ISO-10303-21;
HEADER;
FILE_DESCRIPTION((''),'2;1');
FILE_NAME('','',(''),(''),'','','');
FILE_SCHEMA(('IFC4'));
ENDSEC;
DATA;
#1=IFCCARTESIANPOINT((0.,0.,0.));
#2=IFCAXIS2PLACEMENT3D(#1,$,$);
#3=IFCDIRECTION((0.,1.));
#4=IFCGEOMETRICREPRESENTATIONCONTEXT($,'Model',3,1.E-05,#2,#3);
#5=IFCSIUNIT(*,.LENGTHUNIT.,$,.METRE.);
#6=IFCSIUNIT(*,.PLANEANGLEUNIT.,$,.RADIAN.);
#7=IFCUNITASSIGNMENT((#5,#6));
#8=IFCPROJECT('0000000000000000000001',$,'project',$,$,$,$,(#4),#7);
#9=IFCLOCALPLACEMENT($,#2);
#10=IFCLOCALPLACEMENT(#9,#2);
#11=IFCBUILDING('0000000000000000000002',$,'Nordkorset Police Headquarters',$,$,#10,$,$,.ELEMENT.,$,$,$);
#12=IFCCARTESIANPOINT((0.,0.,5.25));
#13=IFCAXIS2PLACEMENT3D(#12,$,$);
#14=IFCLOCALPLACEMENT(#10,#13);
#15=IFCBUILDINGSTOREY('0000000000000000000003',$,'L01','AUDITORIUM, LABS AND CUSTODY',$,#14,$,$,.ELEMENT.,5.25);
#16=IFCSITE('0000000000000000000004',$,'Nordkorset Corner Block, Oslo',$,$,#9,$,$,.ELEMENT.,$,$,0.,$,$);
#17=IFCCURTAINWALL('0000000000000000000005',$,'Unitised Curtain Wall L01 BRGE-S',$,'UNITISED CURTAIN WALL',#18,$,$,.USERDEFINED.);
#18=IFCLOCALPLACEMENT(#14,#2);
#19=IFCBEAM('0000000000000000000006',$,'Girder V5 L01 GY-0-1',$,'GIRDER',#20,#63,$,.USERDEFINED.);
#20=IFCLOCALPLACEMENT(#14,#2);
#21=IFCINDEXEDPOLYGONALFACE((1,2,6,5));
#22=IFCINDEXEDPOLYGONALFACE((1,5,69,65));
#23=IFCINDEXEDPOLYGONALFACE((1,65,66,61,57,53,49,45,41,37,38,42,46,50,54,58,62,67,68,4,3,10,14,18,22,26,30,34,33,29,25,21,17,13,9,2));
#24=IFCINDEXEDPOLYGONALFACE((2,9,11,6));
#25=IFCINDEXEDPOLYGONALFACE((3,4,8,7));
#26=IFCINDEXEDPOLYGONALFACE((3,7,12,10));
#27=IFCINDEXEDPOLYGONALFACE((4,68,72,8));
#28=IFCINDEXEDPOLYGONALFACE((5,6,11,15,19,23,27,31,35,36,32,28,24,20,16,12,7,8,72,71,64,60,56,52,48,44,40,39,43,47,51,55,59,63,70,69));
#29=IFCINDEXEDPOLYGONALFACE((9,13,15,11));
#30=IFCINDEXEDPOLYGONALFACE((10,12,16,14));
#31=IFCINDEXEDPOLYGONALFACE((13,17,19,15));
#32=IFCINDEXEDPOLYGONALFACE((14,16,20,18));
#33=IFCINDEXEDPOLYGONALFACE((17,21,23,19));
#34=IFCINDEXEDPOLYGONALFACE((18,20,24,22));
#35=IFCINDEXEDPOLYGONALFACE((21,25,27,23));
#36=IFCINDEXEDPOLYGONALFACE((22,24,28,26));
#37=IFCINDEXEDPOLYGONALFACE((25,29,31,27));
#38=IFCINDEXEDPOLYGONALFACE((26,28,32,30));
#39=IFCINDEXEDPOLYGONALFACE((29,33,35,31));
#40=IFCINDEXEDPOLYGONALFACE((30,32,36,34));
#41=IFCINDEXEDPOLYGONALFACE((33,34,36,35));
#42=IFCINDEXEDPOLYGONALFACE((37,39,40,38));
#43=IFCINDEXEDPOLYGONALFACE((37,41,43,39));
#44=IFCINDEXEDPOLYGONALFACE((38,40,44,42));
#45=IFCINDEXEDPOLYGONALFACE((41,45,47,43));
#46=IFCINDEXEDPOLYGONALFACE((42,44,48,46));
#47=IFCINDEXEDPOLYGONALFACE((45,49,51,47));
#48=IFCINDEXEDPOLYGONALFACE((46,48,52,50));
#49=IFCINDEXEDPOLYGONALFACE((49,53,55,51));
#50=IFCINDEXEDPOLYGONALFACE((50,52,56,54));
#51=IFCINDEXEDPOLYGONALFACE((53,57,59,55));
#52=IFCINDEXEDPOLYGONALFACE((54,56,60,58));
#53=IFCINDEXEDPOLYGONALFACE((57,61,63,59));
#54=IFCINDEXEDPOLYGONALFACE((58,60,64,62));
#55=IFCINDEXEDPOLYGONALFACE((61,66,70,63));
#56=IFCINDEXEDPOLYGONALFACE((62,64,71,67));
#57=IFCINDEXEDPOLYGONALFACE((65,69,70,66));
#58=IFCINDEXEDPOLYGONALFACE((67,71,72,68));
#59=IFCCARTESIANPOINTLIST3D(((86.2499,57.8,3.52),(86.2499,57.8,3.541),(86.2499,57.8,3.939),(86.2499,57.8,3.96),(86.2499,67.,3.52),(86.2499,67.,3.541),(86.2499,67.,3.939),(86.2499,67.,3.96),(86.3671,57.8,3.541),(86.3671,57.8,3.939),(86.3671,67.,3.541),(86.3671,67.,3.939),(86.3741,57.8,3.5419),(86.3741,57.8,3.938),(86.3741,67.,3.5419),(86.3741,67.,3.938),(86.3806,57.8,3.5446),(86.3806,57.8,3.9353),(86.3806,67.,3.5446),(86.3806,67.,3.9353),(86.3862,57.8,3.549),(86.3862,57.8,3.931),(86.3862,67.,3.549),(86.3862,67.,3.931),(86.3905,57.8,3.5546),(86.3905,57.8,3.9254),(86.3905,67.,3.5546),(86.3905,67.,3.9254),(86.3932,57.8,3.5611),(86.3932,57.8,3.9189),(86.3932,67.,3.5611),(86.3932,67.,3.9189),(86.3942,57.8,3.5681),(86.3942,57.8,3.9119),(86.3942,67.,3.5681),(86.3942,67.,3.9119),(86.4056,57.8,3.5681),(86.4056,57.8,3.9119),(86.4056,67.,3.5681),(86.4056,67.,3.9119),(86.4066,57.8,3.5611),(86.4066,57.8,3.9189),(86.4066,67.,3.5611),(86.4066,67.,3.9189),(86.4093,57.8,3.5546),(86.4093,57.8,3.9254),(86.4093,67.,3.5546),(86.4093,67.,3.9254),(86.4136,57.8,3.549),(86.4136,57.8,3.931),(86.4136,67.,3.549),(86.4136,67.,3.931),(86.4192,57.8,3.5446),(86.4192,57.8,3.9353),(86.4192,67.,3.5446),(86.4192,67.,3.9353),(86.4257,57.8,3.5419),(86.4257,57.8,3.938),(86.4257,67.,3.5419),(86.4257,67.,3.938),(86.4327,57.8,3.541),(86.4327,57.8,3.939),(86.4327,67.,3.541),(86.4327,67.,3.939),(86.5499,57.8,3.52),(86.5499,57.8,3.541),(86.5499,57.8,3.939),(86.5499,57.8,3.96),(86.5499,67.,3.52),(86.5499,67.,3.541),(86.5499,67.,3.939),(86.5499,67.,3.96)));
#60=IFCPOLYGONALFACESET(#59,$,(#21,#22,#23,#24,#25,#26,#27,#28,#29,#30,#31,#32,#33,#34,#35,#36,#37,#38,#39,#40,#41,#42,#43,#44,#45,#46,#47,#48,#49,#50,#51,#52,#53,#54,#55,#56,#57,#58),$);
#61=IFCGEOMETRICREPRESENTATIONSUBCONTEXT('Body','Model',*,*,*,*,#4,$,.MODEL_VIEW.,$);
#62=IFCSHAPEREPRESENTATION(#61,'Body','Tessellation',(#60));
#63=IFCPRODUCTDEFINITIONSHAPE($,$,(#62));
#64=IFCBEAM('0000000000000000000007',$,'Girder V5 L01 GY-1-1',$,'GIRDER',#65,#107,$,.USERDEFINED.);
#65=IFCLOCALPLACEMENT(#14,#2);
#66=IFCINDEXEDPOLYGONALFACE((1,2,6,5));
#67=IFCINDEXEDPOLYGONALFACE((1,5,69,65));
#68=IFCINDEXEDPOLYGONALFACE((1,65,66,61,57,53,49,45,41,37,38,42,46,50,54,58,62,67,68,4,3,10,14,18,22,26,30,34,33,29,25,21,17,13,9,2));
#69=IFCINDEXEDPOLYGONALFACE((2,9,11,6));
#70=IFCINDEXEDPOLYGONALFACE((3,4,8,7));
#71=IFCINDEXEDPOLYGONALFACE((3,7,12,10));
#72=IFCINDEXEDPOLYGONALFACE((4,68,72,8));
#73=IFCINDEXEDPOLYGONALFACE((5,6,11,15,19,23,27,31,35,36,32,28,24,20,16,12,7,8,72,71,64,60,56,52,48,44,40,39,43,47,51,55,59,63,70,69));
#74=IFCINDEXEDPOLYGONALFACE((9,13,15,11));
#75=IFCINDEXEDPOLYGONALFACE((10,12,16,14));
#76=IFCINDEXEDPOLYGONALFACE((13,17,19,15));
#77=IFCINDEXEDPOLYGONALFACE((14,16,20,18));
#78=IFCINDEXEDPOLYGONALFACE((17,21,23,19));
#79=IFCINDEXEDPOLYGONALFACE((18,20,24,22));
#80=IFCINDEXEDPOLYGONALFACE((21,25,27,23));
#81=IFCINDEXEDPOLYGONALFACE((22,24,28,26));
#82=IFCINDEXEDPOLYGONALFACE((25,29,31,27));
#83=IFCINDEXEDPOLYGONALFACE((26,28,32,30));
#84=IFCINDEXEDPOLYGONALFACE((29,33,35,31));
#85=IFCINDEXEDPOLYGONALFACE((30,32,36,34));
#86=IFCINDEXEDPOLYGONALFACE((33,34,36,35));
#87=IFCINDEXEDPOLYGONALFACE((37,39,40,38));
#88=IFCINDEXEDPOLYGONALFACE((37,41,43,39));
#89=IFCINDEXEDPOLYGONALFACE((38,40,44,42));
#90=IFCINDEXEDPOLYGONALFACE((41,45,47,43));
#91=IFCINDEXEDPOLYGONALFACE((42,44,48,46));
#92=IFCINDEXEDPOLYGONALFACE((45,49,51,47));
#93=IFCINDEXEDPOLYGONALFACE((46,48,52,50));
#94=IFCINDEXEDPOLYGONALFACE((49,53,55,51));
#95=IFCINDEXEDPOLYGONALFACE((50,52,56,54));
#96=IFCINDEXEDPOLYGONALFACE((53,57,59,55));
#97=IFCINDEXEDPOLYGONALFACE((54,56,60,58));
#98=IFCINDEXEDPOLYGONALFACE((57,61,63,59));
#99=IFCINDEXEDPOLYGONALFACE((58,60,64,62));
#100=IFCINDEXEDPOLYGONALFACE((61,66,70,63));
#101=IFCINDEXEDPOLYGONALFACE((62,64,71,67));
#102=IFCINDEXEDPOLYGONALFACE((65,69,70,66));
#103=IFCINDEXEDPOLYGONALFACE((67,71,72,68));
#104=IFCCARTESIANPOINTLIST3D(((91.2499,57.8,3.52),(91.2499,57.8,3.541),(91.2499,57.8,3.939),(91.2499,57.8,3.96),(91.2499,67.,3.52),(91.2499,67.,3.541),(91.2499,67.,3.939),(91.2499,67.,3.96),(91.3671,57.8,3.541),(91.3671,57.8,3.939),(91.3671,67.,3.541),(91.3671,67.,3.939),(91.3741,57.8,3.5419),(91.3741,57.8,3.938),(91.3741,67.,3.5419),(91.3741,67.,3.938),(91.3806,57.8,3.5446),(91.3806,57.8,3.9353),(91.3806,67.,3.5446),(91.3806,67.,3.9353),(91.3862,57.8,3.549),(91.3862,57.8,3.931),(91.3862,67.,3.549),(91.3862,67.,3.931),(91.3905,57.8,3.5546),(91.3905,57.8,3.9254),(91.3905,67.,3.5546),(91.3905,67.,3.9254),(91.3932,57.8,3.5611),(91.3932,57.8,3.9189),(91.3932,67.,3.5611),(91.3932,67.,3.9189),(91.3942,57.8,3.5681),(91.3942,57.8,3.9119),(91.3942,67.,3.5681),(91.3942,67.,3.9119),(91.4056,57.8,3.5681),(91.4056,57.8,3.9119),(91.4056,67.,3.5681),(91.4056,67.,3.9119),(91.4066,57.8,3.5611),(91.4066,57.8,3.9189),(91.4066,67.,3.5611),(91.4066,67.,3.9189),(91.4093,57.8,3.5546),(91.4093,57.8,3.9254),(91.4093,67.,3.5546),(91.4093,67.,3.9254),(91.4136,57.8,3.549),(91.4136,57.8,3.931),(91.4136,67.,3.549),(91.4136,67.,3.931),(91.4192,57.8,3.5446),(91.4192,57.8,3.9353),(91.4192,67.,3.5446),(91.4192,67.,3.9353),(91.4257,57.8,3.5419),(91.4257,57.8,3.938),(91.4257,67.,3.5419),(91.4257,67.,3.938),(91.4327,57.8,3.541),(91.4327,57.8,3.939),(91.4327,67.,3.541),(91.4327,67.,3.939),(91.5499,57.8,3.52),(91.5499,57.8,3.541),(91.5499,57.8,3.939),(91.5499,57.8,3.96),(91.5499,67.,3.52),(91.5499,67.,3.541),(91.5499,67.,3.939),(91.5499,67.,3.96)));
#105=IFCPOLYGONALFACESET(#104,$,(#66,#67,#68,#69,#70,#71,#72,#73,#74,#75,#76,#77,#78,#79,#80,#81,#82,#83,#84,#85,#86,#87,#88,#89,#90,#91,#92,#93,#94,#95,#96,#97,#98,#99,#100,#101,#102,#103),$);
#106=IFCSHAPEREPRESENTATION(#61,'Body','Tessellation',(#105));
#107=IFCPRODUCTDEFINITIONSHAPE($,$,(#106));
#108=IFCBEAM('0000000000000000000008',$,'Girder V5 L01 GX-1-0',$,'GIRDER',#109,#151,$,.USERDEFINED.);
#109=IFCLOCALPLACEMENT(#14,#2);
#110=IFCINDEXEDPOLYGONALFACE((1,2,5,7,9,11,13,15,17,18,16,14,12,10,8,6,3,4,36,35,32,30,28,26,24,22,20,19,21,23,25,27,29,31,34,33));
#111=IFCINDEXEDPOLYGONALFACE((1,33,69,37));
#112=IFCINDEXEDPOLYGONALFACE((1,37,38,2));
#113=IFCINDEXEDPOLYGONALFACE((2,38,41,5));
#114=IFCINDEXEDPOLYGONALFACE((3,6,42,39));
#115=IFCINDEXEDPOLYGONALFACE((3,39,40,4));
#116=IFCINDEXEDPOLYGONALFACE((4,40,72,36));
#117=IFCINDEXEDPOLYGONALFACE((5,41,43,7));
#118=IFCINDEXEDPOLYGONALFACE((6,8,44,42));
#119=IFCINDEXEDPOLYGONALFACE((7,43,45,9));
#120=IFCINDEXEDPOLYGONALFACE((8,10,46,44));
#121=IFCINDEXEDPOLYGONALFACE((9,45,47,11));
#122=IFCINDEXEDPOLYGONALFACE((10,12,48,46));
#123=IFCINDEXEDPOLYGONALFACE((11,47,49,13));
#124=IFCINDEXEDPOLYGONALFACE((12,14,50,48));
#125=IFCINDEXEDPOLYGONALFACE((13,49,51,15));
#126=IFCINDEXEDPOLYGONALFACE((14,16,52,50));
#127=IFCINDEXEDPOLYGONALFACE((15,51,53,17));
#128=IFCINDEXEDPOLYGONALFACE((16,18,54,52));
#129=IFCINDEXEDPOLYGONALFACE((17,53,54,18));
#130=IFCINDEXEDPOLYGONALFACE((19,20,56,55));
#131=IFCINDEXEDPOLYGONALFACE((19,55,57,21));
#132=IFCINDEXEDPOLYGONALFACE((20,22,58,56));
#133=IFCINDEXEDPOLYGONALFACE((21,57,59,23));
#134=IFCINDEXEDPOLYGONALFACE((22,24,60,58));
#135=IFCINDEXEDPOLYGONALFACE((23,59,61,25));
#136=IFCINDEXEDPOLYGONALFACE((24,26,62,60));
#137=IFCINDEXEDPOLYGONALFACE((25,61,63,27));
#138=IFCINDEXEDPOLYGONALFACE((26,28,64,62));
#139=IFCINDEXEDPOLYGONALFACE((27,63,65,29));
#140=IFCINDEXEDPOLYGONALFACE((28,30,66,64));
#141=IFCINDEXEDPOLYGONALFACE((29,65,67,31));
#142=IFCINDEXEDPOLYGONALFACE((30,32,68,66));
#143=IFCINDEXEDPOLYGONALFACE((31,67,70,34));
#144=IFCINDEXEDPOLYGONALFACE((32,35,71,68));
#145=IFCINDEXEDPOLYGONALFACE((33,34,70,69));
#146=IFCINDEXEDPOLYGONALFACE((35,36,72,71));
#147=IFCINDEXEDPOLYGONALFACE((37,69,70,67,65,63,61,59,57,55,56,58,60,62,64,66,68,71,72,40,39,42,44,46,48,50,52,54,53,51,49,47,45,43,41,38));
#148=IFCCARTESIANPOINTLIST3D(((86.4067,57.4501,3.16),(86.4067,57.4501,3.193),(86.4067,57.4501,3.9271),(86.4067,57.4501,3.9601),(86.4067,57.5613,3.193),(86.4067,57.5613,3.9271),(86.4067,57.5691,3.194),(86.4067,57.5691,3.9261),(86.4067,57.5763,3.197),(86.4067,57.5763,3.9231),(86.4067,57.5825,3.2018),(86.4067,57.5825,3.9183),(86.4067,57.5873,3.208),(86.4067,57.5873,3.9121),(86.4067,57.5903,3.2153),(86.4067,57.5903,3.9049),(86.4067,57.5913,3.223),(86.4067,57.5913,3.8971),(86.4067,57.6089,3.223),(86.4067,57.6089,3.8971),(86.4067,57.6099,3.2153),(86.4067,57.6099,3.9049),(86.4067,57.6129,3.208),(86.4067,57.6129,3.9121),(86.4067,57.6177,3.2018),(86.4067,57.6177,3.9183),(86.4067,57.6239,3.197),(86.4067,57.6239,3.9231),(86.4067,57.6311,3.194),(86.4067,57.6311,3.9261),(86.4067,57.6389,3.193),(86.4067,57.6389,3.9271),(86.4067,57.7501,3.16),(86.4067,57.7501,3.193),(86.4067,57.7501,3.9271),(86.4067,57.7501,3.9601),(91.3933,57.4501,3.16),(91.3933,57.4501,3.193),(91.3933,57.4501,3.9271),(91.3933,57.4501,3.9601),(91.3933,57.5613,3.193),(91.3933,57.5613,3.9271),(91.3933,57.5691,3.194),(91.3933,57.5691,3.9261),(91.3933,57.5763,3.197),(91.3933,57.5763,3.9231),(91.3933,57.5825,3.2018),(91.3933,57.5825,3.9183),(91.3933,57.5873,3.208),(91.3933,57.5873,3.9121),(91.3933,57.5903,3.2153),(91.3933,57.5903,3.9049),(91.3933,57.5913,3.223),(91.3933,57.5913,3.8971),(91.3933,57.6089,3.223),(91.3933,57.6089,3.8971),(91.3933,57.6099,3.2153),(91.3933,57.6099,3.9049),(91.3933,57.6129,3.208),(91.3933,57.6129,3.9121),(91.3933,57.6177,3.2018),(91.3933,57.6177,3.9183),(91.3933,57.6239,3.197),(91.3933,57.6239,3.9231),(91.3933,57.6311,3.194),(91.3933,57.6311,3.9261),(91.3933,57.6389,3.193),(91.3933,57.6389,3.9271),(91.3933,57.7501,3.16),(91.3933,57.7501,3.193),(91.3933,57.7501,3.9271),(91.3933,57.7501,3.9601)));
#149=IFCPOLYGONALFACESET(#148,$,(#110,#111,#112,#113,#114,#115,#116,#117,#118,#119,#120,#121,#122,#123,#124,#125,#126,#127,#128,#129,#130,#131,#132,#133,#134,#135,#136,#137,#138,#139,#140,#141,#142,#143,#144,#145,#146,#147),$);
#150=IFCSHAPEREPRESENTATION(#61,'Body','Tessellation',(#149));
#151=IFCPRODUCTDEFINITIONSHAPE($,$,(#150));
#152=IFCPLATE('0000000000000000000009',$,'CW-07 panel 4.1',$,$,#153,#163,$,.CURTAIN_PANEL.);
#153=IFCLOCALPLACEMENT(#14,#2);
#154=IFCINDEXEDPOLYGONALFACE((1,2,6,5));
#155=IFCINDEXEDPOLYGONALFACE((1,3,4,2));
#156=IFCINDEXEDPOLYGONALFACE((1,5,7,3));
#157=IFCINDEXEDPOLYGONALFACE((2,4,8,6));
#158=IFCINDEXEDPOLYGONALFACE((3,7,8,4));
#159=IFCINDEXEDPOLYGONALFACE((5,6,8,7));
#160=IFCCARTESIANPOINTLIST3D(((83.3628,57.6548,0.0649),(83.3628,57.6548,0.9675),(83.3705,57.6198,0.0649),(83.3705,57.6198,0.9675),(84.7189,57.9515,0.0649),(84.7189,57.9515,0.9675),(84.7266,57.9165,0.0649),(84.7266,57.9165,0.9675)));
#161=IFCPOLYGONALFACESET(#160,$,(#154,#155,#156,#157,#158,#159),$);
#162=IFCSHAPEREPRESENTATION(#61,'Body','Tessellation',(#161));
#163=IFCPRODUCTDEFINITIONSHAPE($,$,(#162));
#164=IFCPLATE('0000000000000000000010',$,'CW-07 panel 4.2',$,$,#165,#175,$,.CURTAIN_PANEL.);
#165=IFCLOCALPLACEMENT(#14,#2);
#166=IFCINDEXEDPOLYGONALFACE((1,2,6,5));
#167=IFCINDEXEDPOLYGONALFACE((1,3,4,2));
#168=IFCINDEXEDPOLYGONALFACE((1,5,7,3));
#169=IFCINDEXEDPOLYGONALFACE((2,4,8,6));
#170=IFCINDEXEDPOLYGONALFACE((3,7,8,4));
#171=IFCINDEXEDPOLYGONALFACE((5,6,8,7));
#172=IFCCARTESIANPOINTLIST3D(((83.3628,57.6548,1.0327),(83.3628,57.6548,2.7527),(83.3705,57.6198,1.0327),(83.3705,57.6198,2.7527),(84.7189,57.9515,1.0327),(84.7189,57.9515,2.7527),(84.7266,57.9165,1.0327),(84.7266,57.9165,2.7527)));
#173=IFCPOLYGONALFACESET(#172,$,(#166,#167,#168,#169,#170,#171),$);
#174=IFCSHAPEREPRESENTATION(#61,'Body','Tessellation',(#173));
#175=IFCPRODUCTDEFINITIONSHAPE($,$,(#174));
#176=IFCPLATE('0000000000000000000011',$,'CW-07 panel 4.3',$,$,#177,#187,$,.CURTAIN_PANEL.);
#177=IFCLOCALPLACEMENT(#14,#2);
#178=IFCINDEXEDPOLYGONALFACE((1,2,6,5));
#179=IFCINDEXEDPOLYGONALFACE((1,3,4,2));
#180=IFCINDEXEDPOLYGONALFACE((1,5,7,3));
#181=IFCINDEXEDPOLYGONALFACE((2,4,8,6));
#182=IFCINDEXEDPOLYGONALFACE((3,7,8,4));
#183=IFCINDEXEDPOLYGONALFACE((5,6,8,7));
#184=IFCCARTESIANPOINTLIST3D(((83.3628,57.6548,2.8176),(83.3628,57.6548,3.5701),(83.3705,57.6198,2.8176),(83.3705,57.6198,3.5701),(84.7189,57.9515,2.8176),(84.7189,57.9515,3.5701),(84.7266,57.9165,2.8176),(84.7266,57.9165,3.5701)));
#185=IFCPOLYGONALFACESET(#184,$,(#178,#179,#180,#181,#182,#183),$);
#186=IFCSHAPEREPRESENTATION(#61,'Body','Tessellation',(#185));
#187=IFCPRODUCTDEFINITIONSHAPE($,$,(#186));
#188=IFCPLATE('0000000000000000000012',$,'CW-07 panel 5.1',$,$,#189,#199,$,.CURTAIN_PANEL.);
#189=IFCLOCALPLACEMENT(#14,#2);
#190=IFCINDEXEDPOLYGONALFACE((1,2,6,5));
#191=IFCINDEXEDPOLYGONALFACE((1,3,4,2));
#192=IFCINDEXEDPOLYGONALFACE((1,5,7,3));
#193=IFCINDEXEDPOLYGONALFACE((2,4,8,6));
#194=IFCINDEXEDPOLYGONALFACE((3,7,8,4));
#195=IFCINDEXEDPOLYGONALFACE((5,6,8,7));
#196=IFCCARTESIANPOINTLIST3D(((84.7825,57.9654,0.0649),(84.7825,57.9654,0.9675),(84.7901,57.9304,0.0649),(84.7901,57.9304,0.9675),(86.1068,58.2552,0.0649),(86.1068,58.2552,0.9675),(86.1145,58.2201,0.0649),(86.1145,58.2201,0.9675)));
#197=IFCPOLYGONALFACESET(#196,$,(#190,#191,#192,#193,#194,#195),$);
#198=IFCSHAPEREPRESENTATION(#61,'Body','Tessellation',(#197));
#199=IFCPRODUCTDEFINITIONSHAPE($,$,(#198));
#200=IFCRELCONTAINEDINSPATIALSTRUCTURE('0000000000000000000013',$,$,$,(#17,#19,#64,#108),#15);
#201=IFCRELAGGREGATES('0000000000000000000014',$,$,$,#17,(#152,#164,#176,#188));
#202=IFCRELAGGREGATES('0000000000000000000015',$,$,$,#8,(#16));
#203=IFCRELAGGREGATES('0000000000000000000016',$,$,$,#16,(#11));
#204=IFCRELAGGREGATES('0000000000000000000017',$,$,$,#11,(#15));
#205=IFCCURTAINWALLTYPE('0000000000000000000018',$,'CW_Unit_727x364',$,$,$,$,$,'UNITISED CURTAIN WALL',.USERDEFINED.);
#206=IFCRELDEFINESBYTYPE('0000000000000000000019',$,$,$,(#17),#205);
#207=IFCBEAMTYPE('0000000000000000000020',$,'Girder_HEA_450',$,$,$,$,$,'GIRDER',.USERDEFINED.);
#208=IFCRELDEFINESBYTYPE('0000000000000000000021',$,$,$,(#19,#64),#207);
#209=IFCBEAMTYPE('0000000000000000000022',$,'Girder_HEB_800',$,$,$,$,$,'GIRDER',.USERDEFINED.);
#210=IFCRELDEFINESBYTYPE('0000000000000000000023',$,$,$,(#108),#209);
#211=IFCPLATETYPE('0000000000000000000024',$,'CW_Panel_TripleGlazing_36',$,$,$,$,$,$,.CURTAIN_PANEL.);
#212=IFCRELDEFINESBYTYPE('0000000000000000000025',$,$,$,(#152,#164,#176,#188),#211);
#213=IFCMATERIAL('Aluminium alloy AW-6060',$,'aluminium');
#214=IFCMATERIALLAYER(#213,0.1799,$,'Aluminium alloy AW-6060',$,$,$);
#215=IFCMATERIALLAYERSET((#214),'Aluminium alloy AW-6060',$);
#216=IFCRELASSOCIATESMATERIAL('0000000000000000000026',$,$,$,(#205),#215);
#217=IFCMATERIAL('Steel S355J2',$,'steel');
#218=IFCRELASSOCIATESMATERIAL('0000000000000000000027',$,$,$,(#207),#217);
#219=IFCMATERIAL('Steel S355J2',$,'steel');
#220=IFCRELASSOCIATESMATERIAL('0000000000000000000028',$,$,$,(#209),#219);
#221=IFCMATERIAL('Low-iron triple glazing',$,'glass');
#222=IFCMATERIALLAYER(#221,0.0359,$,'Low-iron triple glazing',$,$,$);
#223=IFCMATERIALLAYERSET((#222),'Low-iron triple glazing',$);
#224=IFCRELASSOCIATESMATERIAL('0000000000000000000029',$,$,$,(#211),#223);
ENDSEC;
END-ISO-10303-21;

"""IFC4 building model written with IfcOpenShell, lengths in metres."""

from ifc_helpers import new_model, si_unit, direction, frame, origin, origin_2d, place, context, subcontext, project, spatial, rectangle, i_section, extrude, material, layer, layer_set, material_profile, profile_set, type_object, element, aggregate, save


model = new_model("IFC4")

# Units and contexts
model_context = context("Model", 3, precision=1e-05, world=origin(), true_north=direction((0.0, 1.0)))
body_context = subcontext(model_context, "Body", "Model", "MODEL_VIEW")
ifc_project = project(units=[si_unit("LENGTHUNIT", "METRE"), si_unit("PLANEANGLEUNIT", "RADIAN")], contexts=[model_context])

# Site, building, storey
site_placement = place(None, origin())
site = spatial("IfcSite", under=ifc_project, at=site_placement, Name="Nordkorset Corner Block, Oslo", CompositionType="ELEMENT", RefElevation=0.0)
building_placement = place(site_placement, origin())
building = spatial("IfcBuilding", under=site, at=building_placement, Name="Nordkorset Police Headquarters", CompositionType="ELEMENT")
storey_placement = place(building_placement, frame((0.0, 0.0, 5.25)))
storey = spatial("IfcBuildingStorey", under=building, at=storey_placement, Name="L01", Description="AUDITORIUM, LABS AND CUSTODY", CompositionType="ELEMENT", Elevation=5.25)

# Curtain wall
ifc_material_1 = material(Name="Aluminium alloy AW-6060", Category="aluminium")
ifc_layer_1 = layer(ifc_material_1, 0.1799, Name="Aluminium alloy AW-6060")
ifc_layer_set_1 = layer_set([ifc_layer_1], Name="Aluminium alloy AW-6060")
curtain_wall_type = type_object("IfcCurtainWallType", Name="CW_Unit_727x364", ElementType="UNITISED CURTAIN WALL", PredefinedType="USERDEFINED", material=ifc_layer_set_1)
curtain_wall_placement = place(storey_placement, origin())
curtain_wall = element("IfcCurtainWall", 1, at=curtain_wall_placement, inside=storey, type_object=curtain_wall_type, Name="Unitised Curtain Wall L01 BRGE-S", ObjectType="UNITISED CURTAIN WALL", PredefinedType="USERDEFINED")

# Beams
ifc_material_2 = material(Name="Steel S355J2", Category="steel")
ifc_material_profile_1 = material_profile(ifc_material_2, i_section(OverallWidth=0.3, OverallDepth=0.4399, WebThickness=0.0115, FlangeThickness=0.021, FilletRadius=0.0271, at=origin_2d()), Name="HEA 450")
ifc_profile_set_1 = profile_set([ifc_material_profile_1], Name="Steel S355J2")
beam_type_1 = type_object("IfcBeamType", Name="Girder_HEA_450", ElementType="GIRDER", PredefinedType="USERDEFINED", material=ifc_profile_set_1)
for number, where, z_axis, x_axis, name in (
    (2, (86.3999, 57.8, 3.74), (0.0, 1.0, 0.0), (-1.0, 0.0, 0.0), "Girder V5 L01 GY-0-1"),
    (3, (91.3999, 57.8, 3.74), (0.0, 1.0, 0.0), (-1.0, 0.0, 0.0), "Girder V5 L01 GY-1-1"),
):
    element("IfcBeam", number, at=place(storey_placement, frame(where, z_axis=z_axis, x_axis=x_axis)), inside=storey, type_object=beam_type_1, Name=name, ObjectType="GIRDER", PredefinedType="USERDEFINED", context=body_context, shape_type="SweptSolid", body=[
        extrude(i_section(OverallWidth=0.3, OverallDepth=0.4399, WebThickness=0.0115, FlangeThickness=0.021, FilletRadius=0.0271, at=origin_2d()), origin(), (0.0, 0.0, 1.0), 9.2),
    ])
ifc_material_3 = material(Name="Steel S355J2", Category="steel")
ifc_material_profile_2 = material_profile(ifc_material_3, i_section(OverallWidth=0.3, OverallDepth=0.8, WebThickness=0.0176, FlangeThickness=0.033, FilletRadius=0.03, at=origin_2d()), Name="HEB 800")
ifc_profile_set_2 = profile_set([ifc_material_profile_2], Name="Steel S355J2")
beam_type_2 = type_object("IfcBeamType", Name="Girder_HEB_800", ElementType="GIRDER", PredefinedType="USERDEFINED", material=ifc_profile_set_2)
beam_1_placement = place(storey_placement, frame((86.4067, 57.6001, 3.5601), z_axis=(1.0, 0.0, 0.0), x_axis=(0.0, 1.0, 0.0)))
element("IfcBeam", 4, at=beam_1_placement, inside=storey, type_object=beam_type_2, Name="Girder V5 L01 GX-1-0", ObjectType="GIRDER", PredefinedType="USERDEFINED", context=body_context, shape_type="SweptSolid", body=[
    extrude(i_section(OverallWidth=0.3, OverallDepth=0.8, WebThickness=0.0176, FlangeThickness=0.033, FilletRadius=0.03, at=origin_2d()), origin(), (0.0, 0.0, 1.0), 4.9866),
])

# Plates
ifc_material_4 = material(Name="Low-iron triple glazing", Category="glass")
ifc_layer_2 = layer(ifc_material_4, 0.0359, Name="Low-iron triple glazing")
ifc_layer_set_2 = layer_set([ifc_layer_2], Name="Low-iron triple glazing")
plate_type_1 = type_object("IfcPlateType", Name="CW_Panel_TripleGlazing_36", PredefinedType="CURTAIN_PANEL", material=ifc_layer_set_2)
plate_1_placement = place(storey_placement, frame((84.0447, 57.7856, 0.0649), z_axis=(0.0, 0.0, 1.0), x_axis=(0.976891, 0.213737, 0.0)))
plate_1 = element("IfcPlate", 5, at=plate_1_placement, type_object=plate_type_1, Name="CW-07 panel 4.1", PredefinedType="CURTAIN_PANEL", context=body_context, shape_type="SweptSolid", body=[
    extrude(rectangle(XDim=1.3882, YDim=0.0359, at=origin_2d()), origin(), (0.0, 0.0, 1.0), 0.9026),
])
plate_2_placement = place(storey_placement, frame((84.0447, 57.7856, 1.0327), z_axis=(0.0, 0.0, 1.0), x_axis=(0.976891, 0.213737, 0.0)))
plate_2 = element("IfcPlate", 6, at=plate_2_placement, type_object=plate_type_1, Name="CW-07 panel 4.2", PredefinedType="CURTAIN_PANEL", context=body_context, shape_type="SweptSolid", body=[
    extrude(rectangle(XDim=1.3882, YDim=0.0359, at=origin_2d()), origin(), (0.0, 0.0, 1.0), 1.72),
])
plate_3_placement = place(storey_placement, frame((84.0447, 57.7856, 2.8176), z_axis=(0.0, 0.0, 1.0), x_axis=(0.976891, 0.213737, 0.0)))
plate_3 = element("IfcPlate", 7, at=plate_3_placement, type_object=plate_type_1, Name="CW-07 panel 4.3", PredefinedType="CURTAIN_PANEL", context=body_context, shape_type="SweptSolid", body=[
    extrude(rectangle(XDim=1.3882, YDim=0.0359, at=origin_2d()), origin(), (0.0, 0.0, 1.0), 0.7524),
])
plate_4_placement = place(storey_placement, frame((85.4485, 58.0928, 0.0649), z_axis=(0.0, 0.0, 1.0), x_axis=(0.976891, 0.213737, 0.0)))
plate_4 = element("IfcPlate", 8, at=plate_4_placement, type_object=plate_type_1, Name="CW-07 panel 5.1", PredefinedType="CURTAIN_PANEL", context=body_context, shape_type="SweptSolid", body=[
    extrude(rectangle(XDim=1.3557, YDim=0.0359, at=origin_2d()), origin(), (0.0, 0.0, 1.0), 0.9026),
])
aggregate(curtain_wall, [plate_1, plate_2, plate_3, plate_4])

save(model, "model.ifc")
